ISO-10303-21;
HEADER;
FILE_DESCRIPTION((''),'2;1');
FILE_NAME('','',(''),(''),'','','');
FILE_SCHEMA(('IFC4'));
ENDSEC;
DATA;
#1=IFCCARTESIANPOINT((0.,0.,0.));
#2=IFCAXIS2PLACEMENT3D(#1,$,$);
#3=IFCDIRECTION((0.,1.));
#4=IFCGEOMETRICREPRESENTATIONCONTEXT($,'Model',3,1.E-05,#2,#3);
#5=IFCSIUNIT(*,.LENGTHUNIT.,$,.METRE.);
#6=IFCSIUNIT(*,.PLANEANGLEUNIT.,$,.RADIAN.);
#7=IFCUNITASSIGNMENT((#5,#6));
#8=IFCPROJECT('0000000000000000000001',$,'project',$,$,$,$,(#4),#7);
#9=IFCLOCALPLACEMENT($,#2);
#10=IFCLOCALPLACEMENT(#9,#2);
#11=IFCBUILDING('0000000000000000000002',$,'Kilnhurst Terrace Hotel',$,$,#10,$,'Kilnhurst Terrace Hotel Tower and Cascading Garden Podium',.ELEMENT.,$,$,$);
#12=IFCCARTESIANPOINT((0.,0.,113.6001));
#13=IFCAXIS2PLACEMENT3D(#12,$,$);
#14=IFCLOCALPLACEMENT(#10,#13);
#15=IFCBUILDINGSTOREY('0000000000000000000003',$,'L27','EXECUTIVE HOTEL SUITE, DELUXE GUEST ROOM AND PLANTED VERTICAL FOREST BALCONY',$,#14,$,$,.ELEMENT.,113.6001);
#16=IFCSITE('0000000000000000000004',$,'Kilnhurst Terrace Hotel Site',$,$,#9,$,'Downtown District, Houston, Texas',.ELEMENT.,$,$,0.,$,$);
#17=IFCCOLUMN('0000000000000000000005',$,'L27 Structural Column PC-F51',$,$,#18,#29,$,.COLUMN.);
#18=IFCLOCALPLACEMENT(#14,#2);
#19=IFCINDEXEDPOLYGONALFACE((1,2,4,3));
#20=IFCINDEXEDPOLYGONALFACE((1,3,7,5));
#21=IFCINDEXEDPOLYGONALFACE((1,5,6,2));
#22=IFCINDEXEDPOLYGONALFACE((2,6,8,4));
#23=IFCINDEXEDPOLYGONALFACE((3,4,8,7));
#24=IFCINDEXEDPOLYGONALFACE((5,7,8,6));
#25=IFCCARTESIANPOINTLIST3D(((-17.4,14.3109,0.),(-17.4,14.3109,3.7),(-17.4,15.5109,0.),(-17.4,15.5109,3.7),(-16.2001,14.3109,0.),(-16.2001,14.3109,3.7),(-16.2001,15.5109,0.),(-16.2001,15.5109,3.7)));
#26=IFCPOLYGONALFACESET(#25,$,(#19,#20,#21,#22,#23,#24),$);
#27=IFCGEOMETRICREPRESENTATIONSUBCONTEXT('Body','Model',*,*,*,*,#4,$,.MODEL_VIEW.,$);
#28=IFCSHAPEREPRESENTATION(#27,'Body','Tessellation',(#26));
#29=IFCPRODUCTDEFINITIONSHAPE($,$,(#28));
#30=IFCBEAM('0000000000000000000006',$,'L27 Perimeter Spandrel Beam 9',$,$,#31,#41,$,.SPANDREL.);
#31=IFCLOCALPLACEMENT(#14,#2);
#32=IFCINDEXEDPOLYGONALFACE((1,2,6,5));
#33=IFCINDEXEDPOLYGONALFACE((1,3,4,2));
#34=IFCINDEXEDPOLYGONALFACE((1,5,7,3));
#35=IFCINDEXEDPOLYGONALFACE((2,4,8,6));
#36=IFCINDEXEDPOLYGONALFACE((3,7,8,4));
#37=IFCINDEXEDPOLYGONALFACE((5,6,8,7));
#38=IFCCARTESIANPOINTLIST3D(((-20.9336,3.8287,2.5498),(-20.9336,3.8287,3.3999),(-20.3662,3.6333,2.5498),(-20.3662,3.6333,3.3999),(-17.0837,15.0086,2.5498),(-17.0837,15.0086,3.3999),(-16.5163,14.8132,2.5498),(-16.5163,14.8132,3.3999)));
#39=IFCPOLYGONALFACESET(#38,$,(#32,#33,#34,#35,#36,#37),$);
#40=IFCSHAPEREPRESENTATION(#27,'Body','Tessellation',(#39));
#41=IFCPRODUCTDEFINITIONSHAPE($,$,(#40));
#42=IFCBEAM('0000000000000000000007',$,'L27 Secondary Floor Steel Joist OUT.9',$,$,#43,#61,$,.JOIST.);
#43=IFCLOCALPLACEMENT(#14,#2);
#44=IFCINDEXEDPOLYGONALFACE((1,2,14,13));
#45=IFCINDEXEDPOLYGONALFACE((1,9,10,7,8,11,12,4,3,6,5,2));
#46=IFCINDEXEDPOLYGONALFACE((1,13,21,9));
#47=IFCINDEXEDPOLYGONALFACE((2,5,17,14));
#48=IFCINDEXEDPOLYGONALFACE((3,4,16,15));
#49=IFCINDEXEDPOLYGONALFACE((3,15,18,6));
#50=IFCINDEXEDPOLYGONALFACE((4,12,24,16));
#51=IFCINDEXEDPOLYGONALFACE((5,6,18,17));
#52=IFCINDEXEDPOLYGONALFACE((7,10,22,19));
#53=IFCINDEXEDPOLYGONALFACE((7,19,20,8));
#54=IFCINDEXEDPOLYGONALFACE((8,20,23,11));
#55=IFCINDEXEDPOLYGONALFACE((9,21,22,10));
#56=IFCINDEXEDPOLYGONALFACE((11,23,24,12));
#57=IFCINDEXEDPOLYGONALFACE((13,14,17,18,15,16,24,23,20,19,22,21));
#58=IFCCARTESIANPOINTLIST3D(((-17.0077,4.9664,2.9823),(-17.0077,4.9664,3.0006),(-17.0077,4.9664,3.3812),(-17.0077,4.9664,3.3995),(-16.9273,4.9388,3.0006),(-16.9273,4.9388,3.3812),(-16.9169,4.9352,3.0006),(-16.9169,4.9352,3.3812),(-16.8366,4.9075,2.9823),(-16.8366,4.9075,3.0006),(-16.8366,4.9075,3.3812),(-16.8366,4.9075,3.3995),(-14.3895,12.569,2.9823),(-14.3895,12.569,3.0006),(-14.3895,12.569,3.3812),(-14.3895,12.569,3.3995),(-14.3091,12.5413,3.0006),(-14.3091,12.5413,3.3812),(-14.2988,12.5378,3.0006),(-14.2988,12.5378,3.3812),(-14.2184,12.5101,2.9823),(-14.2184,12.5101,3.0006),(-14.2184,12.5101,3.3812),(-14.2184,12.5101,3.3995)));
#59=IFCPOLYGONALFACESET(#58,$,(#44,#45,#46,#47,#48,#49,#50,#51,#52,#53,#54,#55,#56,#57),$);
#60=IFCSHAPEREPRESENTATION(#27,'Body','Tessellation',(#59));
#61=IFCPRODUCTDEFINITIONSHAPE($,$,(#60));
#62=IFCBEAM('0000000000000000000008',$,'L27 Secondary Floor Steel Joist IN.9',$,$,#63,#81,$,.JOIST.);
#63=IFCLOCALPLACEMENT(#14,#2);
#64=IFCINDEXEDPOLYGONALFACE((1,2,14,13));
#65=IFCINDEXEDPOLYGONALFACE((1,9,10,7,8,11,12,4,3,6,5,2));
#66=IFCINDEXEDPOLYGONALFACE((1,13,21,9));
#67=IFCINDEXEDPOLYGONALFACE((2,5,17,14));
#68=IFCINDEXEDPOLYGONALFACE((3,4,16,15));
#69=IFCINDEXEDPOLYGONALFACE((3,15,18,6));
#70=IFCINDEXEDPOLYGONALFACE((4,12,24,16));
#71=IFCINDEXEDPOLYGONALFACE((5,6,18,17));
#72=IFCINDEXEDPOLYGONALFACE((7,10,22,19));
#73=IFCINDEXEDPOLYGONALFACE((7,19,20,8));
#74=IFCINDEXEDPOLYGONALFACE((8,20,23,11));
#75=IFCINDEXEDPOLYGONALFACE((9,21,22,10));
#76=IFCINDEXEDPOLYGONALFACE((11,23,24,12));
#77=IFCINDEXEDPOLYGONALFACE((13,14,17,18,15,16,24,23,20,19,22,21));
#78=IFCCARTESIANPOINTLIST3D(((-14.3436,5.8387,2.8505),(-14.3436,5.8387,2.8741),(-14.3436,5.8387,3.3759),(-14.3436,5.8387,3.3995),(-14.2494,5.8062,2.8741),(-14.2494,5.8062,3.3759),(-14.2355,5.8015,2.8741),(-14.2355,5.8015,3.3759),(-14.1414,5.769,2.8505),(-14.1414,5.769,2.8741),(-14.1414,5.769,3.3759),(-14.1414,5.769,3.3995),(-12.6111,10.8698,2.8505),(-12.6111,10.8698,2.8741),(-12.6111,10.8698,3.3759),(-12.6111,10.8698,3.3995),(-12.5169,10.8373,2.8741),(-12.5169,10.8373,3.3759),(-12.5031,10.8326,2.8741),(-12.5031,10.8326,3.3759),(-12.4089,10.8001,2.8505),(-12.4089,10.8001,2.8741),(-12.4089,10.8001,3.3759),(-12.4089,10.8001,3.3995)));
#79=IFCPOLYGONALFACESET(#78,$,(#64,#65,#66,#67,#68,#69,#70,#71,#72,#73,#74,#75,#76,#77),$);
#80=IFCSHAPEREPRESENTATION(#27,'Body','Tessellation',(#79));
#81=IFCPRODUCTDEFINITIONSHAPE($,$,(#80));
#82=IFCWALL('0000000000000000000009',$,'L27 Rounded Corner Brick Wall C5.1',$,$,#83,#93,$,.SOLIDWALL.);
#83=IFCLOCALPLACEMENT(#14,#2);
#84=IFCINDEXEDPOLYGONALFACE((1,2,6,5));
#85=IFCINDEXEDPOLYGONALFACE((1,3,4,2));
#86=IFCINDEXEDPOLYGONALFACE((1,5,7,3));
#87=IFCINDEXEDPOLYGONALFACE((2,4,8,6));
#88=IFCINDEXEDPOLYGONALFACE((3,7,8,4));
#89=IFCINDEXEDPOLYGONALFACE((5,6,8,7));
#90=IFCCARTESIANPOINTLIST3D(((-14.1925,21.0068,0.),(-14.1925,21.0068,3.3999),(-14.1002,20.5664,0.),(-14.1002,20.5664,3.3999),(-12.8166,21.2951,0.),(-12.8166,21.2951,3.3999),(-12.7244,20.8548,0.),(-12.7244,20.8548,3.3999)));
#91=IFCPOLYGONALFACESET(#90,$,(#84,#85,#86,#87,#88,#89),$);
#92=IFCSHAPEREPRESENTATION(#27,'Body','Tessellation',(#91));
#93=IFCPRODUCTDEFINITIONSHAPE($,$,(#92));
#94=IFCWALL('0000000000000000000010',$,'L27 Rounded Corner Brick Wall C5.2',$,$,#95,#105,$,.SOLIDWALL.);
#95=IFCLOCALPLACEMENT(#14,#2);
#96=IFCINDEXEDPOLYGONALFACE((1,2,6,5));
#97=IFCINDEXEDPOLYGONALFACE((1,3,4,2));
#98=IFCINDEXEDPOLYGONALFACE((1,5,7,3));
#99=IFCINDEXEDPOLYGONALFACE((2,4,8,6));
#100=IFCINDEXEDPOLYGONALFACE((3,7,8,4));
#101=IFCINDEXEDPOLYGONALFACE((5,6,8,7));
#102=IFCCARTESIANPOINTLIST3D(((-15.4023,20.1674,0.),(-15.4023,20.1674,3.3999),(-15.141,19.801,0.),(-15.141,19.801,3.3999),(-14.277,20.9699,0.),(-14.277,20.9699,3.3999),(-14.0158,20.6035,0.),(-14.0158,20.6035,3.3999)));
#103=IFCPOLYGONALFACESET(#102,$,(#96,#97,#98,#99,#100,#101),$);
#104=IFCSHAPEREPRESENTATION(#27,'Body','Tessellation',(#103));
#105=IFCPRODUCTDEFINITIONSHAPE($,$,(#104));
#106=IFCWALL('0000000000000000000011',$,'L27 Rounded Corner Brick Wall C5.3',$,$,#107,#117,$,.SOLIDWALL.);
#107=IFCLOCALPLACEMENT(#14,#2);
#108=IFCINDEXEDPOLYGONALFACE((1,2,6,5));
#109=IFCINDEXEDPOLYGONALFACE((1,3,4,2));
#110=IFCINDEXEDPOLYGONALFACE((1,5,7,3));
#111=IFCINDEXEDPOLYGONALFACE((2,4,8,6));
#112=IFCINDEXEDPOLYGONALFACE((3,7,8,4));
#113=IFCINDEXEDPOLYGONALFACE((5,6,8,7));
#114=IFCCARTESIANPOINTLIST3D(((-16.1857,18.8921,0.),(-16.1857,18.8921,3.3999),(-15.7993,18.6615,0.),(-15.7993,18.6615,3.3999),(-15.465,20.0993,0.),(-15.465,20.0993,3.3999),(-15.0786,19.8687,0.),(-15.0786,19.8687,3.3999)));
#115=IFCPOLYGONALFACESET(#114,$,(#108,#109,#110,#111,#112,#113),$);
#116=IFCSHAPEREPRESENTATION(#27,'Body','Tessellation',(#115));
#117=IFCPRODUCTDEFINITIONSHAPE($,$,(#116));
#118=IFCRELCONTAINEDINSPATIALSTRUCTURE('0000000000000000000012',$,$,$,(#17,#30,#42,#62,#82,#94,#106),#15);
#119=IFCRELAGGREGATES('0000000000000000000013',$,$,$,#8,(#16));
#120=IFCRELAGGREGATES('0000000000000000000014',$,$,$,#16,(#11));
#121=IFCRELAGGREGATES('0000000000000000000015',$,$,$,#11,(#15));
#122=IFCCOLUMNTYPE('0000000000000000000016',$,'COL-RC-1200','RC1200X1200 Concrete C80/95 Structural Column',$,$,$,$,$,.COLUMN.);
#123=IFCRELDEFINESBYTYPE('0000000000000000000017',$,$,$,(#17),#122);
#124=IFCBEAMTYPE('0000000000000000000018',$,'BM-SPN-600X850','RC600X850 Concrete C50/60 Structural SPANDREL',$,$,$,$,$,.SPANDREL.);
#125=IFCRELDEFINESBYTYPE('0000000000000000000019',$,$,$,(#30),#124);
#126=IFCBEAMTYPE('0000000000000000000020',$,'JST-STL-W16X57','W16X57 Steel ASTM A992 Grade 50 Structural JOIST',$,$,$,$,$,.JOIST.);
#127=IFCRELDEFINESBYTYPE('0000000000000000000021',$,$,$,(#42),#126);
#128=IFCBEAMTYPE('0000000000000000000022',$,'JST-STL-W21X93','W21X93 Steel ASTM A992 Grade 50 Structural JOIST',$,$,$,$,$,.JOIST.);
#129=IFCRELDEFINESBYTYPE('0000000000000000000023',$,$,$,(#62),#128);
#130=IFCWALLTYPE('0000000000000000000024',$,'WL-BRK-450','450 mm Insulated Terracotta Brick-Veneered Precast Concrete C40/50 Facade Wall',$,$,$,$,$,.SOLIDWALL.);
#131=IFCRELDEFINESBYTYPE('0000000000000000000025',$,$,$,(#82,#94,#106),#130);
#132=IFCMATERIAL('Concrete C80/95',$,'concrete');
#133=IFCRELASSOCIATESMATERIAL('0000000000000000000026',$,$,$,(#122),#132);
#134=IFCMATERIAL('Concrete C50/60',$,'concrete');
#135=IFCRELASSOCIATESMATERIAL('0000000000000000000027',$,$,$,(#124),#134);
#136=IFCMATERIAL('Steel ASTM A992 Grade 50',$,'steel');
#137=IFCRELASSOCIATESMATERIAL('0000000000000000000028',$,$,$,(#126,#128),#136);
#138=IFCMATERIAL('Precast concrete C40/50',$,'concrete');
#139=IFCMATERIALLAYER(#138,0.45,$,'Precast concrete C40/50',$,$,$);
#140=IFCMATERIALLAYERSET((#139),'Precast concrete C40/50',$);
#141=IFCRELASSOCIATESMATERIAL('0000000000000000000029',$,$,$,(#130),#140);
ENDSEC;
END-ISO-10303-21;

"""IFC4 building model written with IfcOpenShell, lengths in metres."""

from ifc_helpers import new_model, si_unit, direction, frame, frame_2d, origin, origin_2d, place, context, subcontext, project, spatial, rectangle, i_section, extrude, material, layer, layer_set, material_profile, profile_set, type_object, element, save


model = new_model("IFC4")

# Units and contexts
model_context = context("Model", 3, precision=1e-05, world=origin(), true_north=direction((0.0, 1.0)))
body_context = subcontext(model_context, "Body", "Model", "MODEL_VIEW")
ifc_project = project(units=[si_unit("LENGTHUNIT", "METRE"), si_unit("PLANEANGLEUNIT", "RADIAN")], contexts=[model_context])

# Site, building, storey
site_placement = place(None, origin())
site = spatial("IfcSite", under=ifc_project, at=site_placement, Name="Kilnhurst Terrace Hotel Site", LongName="Downtown District, Houston, Texas", CompositionType="ELEMENT", RefElevation=0.0)
building_placement = place(site_placement, origin())
building = spatial("IfcBuilding", under=site, at=building_placement, Name="Kilnhurst Terrace Hotel", LongName="Kilnhurst Terrace Hotel Tower and Cascading Garden Podium", CompositionType="ELEMENT")
storey_placement = place(building_placement, frame((0.0, 0.0, 113.6001)))
storey = spatial("IfcBuildingStorey", under=building, at=storey_placement, Name="L27", Description="EXECUTIVE HOTEL SUITE, DELUXE GUEST ROOM AND PLANTED VERTICAL FOREST BALCONY", CompositionType="ELEMENT", Elevation=113.6001)

# Column
ifc_material_1 = material(Name="Concrete C80/95", Category="concrete")
ifc_material_profile_1 = material_profile(ifc_material_1, rectangle(XDim=1.2, YDim=1.2, at=origin_2d()), Name="RC1200X1200")
ifc_profile_set_1 = profile_set([ifc_material_profile_1], Name="Concrete C80/95")
column_type = type_object("IfcColumnType", Name="COL-RC-1200", Description="RC1200X1200 Concrete C80/95 Structural Column", PredefinedType="COLUMN", material=ifc_profile_set_1)
column_placement = place(storey_placement, frame((-16.8, 14.9109, 0.0), z_axis=(0.0, 0.0, 1.0), x_axis=(1.0, 0.0, 0.0)))
element("IfcColumn", 1, at=column_placement, inside=storey, type_object=column_type, Name="L27 Structural Column PC-F51", PredefinedType="COLUMN", context=body_context, shape_type="SweptSolid", body=[
    extrude(rectangle(XDim=1.2, YDim=1.2, at=origin_2d()), origin(), (0.0, 0.0, 1.0), 3.7),
])

# Beams
ifc_material_2 = material(Name="Concrete C50/60", Category="concrete")
ifc_material_profile_2 = material_profile(ifc_material_2, rectangle(XDim=0.6001, YDim=0.8501, at=origin_2d()), Name="RC600X850")
ifc_profile_set_2 = profile_set([ifc_material_profile_2], Name="Concrete C50/60")
beam_type_1 = type_object("IfcBeamType", Name="BM-SPN-600X850", Description="RC600X850 Concrete C50/60 Structural SPANDREL", PredefinedType="SPANDREL", material=ifc_profile_set_2)
beam_1_placement = place(storey_placement, frame((-16.8, 14.9109, 2.9749), z_axis=(-0.32559, -0.945511, 0.0), x_axis=(0.945511, -0.32559, 0.0)))
element("IfcBeam", 2, at=beam_1_placement, inside=storey, type_object=beam_type_1, Name="L27 Perimeter Spandrel Beam 9", PredefinedType="SPANDREL", context=body_context, shape_type="SweptSolid", body=[
    extrude(rectangle(XDim=0.6001, YDim=0.8501, at=origin_2d()), origin(), (0.0, 0.0, 1.0), 11.8242),
])
ifc_material_3 = material(Name="Steel ASTM A992 Grade 50", Category="steel")
ifc_material_profile_3 = material_profile(ifc_material_3, i_section(OverallWidth=0.1809, OverallDepth=0.4172, WebThickness=0.011, FlangeThickness=0.0183, at=origin_2d()), Name="W16X57")
ifc_profile_set_3 = profile_set([ifc_material_profile_3], Name="Steel ASTM A992 Grade 50")
beam_type_2 = type_object("IfcBeamType", Name="JST-STL-W16X57", Description="W16X57 Steel ASTM A992 Grade 50 Structural JOIST", PredefinedType="JOIST", material=ifc_profile_set_3)
beam_2_placement = place(storey_placement, frame((-14.304, 12.5396, 3.1909), z_axis=(-0.325613, -0.945503, 0.0), x_axis=(0.945503, -0.325613, 0.0)))
element("IfcBeam", 3, at=beam_2_placement, inside=storey, type_object=beam_type_2, Name="L27 Secondary Floor Steel Joist OUT.9", PredefinedType="JOIST", context=body_context, shape_type="SweptSolid", body=[
    extrude(i_section(OverallWidth=0.1809, OverallDepth=0.4172, WebThickness=0.011, FlangeThickness=0.0183, at=origin_2d()), origin(), (0.0, 0.0, 1.0), 8.0408),
])
ifc_material_profile_4 = material_profile(ifc_material_3, i_section(OverallWidth=0.2139, OverallDepth=0.5491, WebThickness=0.0146, FlangeThickness=0.0237, at=origin_2d()), Name="W21X93")
ifc_profile_set_4 = profile_set([ifc_material_profile_4], Name="Steel ASTM A992 Grade 50")
beam_type_3 = type_object("IfcBeamType", Name="JST-STL-W21X93", Description="W21X93 Steel ASTM A992 Grade 50 Structural JOIST", PredefinedType="JOIST", material=ifc_profile_set_4)
beam_3_placement = place(storey_placement, frame((-12.51, 10.835, 3.125), z_axis=(-0.325586, -0.945512, 0.0), x_axis=(0.945512, -0.325586, 0.0)))
element("IfcBeam", 4, at=beam_3_placement, inside=storey, type_object=beam_type_3, Name="L27 Secondary Floor Steel Joist IN.9", PredefinedType="JOIST", context=body_context, shape_type="SweptSolid", body=[
    extrude(i_section(OverallWidth=0.2139, OverallDepth=0.5491, WebThickness=0.0146, FlangeThickness=0.0237, at=origin_2d()), origin(), (0.0, 0.0, 1.0), 5.321),
])

# Walls
ifc_material_4 = material(Name="Precast concrete C40/50", Category="concrete")
ifc_layer_1 = layer(ifc_material_4, 0.45, Name="Precast concrete C40/50")
ifc_layer_set_1 = layer_set([ifc_layer_1], Name="Precast concrete C40/50")
wall_type_1 = type_object("IfcWallType", Name="WL-BRK-450", Description="450 mm Insulated Terracotta Brick-Veneered Precast Concrete C40/50 Facade Wall", PredefinedType="SOLIDWALL", material=ifc_layer_set_1)
wall_1_placement = place(storey_placement, frame((-12.7705, 21.075, 0.0), z_axis=(0.0, 0.0, 1.0), x_axis=(-0.978743, -0.205091, 0.0)))
element("IfcWall", 5, at=wall_1_placement, inside=storey, type_object=wall_type_1, Name="L27 Rounded Corner Brick Wall C5.1", PredefinedType="SOLIDWALL", context=body_context, shape_type="SweptSolid", body=[
    extrude(rectangle(XDim=1.4058, YDim=0.45, at=frame_2d((0.7029, 0.0))), origin(), (0.0, 0.0, 1.0), 3.3999),
])
wall_2_placement = place(storey_placement, frame((-14.1465, 20.7866, 0.0), z_axis=(0.0, 0.0, 1.0), x_axis=(-0.814163, -0.580636, 0.0)))
element("IfcWall", 6, at=wall_2_placement, inside=storey, type_object=wall_type_1, Name="L27 Rounded Corner Brick Wall C5.2", PredefinedType="SOLIDWALL", context=body_context, shape_type="SweptSolid", body=[
    extrude(rectangle(XDim=1.3821, YDim=0.45, at=frame_2d((0.6909, 0.0))), origin(), (0.0, 0.0, 1.0), 3.3999),
])
wall_3_placement = place(storey_placement, frame((-15.2717, 19.9841, 0.0), z_axis=(0.0, 0.0, 1.0), x_axis=(-0.512579, -0.85864, 0.0)))
element("IfcWall", 7, at=wall_3_placement, inside=storey, type_object=wall_type_1, Name="L27 Rounded Corner Brick Wall C5.3", PredefinedType="SOLIDWALL", context=body_context, shape_type="SweptSolid", body=[
    extrude(rectangle(XDim=1.406, YDim=0.45, at=frame_2d((0.7031, 0.0))), origin(), (0.0, 0.0, 1.0), 3.3999),
])

save(model, "model.ifc")
